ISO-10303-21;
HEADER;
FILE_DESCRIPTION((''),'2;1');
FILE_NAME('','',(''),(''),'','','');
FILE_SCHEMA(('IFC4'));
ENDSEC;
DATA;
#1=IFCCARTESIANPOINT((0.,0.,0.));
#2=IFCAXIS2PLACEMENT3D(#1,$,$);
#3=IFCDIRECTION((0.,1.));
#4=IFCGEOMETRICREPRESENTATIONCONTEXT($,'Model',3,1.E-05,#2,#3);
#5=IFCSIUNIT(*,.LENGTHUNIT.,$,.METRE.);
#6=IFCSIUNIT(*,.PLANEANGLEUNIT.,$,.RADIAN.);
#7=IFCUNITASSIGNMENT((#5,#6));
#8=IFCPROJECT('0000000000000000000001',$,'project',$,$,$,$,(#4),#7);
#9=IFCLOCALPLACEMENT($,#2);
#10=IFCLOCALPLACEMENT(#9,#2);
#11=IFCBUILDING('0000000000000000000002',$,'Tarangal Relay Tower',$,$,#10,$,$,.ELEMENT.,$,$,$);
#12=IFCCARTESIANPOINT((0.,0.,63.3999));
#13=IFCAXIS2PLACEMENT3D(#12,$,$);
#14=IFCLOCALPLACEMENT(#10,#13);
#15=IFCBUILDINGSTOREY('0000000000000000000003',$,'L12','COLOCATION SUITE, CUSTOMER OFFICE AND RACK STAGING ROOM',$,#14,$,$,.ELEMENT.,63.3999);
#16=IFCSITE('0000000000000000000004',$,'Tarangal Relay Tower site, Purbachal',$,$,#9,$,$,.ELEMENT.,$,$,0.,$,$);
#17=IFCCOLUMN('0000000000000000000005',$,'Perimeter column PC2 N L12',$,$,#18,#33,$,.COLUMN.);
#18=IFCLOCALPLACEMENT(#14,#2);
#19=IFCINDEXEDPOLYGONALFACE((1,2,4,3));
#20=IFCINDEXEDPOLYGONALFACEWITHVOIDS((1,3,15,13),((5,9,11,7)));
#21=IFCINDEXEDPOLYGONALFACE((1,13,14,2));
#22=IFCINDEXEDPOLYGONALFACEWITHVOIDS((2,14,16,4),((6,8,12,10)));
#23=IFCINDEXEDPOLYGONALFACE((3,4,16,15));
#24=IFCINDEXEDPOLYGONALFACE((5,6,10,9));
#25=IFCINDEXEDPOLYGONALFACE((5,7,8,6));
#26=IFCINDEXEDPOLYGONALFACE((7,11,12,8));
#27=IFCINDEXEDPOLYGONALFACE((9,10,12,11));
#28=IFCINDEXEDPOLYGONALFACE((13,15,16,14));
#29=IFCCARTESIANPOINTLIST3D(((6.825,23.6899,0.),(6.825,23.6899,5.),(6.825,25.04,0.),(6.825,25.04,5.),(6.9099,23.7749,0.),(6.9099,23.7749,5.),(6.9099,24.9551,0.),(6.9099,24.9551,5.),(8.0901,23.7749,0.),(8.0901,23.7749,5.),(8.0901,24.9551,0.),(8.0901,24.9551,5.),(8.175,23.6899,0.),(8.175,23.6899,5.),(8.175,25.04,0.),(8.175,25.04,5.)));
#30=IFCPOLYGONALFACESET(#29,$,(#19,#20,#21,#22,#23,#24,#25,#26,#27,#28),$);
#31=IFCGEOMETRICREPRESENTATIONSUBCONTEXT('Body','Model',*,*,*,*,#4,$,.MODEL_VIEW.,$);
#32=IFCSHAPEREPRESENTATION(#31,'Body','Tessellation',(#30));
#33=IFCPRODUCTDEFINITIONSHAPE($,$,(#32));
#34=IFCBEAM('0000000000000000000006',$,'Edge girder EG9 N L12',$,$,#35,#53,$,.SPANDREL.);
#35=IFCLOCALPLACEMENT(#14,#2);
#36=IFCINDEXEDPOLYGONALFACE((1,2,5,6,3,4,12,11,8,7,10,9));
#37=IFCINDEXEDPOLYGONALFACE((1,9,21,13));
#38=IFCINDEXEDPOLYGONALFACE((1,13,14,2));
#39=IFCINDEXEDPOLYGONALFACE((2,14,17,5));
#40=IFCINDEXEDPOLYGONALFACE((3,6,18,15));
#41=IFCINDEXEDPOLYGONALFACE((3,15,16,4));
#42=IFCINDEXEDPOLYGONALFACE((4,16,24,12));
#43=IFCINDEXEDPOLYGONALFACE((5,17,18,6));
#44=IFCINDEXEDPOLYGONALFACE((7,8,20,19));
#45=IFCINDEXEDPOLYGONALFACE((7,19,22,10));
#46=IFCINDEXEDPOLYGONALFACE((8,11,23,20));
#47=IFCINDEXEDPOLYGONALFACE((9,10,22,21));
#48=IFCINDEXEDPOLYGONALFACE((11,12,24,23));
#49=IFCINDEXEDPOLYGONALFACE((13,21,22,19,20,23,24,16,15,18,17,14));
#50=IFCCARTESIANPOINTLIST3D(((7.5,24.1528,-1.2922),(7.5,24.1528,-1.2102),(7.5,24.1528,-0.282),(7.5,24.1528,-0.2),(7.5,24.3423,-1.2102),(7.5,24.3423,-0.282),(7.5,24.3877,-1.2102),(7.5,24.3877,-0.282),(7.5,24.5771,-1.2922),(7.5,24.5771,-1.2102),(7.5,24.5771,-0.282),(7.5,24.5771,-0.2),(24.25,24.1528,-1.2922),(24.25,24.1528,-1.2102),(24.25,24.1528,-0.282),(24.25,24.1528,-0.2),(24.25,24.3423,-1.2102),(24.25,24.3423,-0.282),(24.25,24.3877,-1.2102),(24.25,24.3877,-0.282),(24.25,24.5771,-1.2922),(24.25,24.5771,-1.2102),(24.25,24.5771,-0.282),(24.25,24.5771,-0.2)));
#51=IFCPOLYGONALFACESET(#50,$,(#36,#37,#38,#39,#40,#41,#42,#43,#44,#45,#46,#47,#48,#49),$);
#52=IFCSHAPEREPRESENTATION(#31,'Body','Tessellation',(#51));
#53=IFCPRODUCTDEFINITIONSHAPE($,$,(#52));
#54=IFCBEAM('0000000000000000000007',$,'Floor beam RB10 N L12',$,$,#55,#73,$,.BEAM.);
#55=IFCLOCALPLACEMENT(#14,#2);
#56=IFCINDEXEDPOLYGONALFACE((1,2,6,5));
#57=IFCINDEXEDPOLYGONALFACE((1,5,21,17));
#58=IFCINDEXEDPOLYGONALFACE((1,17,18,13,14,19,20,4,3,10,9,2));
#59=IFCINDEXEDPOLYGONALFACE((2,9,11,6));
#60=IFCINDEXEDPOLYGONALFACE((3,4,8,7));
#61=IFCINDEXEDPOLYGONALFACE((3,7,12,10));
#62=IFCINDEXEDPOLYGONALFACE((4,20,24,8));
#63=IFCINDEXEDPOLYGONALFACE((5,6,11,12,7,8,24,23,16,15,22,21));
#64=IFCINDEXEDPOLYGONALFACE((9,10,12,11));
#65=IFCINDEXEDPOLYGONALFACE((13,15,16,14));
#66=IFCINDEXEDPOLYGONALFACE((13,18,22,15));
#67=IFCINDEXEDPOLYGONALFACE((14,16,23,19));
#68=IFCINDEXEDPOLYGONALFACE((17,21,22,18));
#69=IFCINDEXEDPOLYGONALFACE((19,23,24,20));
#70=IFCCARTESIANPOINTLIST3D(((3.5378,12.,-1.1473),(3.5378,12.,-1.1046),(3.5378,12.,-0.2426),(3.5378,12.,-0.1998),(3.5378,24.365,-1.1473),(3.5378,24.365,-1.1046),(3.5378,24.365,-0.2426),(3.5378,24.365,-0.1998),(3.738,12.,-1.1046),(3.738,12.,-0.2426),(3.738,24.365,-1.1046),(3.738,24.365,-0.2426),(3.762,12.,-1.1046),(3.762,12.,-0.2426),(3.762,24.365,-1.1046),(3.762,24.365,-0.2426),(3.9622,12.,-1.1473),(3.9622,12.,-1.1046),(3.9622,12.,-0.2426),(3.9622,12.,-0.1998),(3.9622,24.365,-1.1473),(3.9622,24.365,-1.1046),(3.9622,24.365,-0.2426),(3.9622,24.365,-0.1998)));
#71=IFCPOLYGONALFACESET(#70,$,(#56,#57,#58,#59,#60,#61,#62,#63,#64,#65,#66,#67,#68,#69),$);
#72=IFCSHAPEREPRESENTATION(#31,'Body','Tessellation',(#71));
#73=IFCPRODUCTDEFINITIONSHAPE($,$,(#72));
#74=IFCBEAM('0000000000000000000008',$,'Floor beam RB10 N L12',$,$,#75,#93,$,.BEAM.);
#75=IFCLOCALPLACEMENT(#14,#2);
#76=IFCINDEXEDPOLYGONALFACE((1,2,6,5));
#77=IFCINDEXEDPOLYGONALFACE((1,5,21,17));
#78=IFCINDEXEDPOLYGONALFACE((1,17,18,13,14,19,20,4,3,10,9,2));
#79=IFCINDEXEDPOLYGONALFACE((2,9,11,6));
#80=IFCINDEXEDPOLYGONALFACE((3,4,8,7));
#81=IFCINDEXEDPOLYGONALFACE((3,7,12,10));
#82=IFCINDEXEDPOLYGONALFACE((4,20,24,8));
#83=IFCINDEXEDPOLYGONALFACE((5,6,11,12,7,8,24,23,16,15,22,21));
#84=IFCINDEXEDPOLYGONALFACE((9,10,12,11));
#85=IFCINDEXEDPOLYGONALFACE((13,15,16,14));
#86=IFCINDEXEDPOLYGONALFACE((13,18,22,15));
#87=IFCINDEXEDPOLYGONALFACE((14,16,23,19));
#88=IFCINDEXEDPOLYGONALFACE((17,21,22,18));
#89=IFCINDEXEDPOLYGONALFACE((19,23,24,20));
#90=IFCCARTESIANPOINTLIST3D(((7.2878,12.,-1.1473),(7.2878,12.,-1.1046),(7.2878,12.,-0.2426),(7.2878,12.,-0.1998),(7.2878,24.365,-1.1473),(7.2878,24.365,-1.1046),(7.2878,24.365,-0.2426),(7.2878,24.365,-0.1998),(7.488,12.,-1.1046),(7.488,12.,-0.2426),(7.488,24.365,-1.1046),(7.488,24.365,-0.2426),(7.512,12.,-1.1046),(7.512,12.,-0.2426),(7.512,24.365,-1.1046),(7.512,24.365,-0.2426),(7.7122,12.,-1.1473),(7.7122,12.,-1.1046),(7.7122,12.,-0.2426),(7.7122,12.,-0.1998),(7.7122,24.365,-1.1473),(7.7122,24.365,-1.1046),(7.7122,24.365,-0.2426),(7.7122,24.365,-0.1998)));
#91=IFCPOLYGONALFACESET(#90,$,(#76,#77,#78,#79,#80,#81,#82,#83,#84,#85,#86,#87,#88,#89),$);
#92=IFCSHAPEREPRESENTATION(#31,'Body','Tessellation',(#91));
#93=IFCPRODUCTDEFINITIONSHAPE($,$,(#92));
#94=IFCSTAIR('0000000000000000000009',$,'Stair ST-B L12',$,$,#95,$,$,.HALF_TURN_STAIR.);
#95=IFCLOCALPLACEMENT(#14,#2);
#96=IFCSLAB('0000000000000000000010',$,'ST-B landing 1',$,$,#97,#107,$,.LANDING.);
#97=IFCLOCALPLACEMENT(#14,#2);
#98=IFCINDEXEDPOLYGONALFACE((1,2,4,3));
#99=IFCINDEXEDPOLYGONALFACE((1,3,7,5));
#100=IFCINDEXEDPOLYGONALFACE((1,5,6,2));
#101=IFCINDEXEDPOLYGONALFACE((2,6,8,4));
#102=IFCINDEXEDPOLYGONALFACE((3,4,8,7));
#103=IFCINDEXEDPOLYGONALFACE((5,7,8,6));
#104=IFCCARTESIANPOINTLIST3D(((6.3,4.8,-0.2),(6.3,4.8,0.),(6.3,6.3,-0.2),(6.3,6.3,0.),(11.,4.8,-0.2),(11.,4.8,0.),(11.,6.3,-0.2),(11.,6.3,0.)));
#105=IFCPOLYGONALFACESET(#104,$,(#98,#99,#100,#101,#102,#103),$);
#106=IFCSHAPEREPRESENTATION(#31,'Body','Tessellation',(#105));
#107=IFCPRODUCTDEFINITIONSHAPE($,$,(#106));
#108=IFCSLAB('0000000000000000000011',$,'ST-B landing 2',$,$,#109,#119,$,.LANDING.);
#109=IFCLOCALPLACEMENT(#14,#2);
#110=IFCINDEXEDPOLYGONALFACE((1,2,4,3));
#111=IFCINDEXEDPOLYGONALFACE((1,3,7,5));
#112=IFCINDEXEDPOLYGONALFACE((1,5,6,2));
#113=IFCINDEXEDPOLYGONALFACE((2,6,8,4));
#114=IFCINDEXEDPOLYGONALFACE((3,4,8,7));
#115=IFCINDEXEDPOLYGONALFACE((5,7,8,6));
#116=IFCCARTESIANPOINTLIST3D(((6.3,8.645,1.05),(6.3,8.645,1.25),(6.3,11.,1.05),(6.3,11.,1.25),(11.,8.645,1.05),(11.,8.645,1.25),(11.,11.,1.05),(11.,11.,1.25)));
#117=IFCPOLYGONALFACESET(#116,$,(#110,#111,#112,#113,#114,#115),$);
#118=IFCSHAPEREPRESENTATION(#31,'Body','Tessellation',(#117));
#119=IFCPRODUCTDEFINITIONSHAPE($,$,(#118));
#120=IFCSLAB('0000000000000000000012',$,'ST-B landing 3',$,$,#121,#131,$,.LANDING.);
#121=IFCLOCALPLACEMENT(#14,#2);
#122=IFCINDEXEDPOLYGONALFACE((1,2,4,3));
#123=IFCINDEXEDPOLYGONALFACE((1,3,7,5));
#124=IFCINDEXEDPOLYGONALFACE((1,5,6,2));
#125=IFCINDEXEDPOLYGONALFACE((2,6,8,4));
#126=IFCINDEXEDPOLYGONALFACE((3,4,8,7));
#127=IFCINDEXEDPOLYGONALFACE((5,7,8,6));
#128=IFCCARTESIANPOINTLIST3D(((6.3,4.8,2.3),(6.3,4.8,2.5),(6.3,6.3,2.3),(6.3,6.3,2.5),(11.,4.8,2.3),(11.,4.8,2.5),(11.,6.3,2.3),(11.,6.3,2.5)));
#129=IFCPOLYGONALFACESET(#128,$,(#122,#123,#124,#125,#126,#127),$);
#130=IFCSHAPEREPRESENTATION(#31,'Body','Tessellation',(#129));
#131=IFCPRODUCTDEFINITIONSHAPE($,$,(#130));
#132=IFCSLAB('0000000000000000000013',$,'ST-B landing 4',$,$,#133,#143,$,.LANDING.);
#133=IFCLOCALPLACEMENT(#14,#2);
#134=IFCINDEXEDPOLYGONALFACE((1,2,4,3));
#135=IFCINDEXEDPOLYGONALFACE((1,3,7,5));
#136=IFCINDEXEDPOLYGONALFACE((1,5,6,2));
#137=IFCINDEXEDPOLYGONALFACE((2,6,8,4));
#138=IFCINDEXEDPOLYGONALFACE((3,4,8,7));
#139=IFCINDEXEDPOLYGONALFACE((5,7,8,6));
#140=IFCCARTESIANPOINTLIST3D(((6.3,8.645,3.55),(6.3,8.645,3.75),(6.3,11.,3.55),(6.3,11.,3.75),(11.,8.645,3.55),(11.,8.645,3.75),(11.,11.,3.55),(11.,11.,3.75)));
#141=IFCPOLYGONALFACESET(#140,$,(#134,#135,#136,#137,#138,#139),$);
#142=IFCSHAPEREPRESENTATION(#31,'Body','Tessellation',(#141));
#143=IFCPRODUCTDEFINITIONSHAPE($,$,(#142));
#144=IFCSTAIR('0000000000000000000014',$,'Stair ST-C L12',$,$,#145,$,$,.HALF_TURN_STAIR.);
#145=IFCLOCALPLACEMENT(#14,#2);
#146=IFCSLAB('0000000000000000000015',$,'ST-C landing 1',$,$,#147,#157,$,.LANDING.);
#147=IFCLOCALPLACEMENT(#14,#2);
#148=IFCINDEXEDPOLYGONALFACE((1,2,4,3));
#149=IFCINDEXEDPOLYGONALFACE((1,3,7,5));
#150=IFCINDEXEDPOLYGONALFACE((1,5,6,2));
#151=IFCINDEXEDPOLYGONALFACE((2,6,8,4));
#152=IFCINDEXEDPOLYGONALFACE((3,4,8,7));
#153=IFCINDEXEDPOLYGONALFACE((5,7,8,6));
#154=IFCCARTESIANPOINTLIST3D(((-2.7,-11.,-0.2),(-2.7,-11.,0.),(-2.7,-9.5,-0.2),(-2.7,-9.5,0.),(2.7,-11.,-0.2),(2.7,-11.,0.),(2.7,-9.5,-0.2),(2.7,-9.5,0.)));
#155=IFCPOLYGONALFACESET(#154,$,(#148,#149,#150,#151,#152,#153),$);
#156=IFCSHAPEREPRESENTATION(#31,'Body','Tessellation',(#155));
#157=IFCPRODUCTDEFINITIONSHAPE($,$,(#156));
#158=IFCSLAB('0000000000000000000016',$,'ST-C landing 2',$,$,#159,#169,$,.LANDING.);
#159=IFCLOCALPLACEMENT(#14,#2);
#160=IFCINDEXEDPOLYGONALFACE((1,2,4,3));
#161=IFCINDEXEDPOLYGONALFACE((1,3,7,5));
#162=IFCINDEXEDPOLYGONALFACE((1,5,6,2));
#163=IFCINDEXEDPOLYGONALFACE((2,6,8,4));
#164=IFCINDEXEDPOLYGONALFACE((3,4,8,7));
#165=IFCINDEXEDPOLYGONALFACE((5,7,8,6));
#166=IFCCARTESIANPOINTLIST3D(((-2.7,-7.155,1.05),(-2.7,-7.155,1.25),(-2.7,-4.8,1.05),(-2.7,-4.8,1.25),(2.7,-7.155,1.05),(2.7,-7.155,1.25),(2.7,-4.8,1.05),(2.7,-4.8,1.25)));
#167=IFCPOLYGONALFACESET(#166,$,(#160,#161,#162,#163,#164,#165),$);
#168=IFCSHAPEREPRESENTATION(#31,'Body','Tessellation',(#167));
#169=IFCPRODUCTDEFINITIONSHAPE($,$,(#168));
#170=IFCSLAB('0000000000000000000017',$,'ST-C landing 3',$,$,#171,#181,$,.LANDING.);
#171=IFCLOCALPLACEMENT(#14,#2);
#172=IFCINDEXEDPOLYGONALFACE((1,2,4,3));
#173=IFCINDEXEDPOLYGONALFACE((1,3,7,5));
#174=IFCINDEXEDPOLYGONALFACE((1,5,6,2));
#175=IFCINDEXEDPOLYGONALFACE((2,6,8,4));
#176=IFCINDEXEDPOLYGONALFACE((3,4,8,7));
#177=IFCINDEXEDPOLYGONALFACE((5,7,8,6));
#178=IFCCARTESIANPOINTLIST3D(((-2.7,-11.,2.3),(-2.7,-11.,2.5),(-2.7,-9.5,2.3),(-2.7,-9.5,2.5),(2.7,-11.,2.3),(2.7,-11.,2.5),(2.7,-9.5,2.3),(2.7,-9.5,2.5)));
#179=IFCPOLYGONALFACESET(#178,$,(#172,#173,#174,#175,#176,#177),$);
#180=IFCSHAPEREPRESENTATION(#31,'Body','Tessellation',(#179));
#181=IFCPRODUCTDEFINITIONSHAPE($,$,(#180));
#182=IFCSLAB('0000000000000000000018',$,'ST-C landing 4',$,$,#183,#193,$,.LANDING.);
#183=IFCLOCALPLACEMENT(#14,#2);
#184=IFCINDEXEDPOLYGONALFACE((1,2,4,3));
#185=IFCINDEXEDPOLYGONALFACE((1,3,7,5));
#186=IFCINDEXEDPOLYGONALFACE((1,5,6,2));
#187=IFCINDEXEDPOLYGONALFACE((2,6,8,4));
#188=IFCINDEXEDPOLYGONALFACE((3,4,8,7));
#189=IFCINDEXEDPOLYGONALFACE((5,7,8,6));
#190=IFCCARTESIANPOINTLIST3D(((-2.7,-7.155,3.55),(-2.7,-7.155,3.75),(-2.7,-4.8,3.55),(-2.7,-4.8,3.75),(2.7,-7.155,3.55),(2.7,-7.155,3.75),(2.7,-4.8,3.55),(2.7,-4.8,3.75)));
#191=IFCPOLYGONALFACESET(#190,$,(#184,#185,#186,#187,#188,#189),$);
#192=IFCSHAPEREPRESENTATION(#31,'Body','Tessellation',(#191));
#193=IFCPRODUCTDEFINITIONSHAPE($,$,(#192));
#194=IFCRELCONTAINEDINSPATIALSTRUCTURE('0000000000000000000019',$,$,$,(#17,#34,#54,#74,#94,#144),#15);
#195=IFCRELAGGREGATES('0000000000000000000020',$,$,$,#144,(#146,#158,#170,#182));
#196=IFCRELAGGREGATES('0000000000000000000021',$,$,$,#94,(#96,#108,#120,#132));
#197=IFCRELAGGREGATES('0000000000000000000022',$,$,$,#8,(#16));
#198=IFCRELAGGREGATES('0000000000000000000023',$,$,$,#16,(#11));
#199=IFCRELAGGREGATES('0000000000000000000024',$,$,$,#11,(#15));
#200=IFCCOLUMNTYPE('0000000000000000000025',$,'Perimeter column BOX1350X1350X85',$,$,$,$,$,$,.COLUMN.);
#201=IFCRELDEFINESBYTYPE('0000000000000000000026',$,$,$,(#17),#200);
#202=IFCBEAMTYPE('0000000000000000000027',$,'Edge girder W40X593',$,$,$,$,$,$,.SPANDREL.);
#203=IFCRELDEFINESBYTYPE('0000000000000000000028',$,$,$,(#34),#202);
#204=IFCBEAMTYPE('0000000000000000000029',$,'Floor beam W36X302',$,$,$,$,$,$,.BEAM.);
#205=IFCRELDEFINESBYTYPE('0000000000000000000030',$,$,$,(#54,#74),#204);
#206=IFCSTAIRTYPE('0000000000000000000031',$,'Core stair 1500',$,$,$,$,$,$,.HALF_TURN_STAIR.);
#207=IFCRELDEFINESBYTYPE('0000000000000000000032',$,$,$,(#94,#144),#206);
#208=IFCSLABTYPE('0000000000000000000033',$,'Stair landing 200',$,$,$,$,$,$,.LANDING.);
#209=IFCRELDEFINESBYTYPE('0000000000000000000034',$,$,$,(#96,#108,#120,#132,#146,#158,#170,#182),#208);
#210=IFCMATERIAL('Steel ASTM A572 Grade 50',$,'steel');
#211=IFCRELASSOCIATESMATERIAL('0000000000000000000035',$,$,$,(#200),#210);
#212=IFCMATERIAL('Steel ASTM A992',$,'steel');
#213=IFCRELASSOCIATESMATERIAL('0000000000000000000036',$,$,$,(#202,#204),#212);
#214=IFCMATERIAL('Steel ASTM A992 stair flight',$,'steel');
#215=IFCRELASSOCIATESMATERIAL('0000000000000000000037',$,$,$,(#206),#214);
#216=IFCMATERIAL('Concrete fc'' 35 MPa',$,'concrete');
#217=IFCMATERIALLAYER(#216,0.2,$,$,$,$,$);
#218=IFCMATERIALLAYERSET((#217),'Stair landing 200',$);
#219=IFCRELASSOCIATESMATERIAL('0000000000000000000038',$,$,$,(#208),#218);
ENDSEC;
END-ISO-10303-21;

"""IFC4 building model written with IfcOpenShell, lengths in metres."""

from ifc_helpers import new_model, si_unit, direction, frame, origin, origin_2d, place, context, subcontext, project, spatial, polyline, hollow_rectangle, i_section, outline, extrude, material, layer, layer_set, material_profile, profile_set, type_object, element, aggregate, save


model = new_model("IFC4")

# Units and contexts
model_context = context("Model", 3, precision=1e-05, world=origin(), true_north=direction((0.0, 1.0)))
body_context = subcontext(model_context, "Body", "Model", "MODEL_VIEW")
ifc_project = project(units=[si_unit("LENGTHUNIT", "METRE"), si_unit("PLANEANGLEUNIT", "RADIAN")], contexts=[model_context])

# Site, building, storey
site_placement = place(None, origin())
site = spatial("IfcSite", under=ifc_project, at=site_placement, Name="Tarangal Relay Tower site, Purbachal", CompositionType="ELEMENT", RefElevation=0.0)
building_placement = place(site_placement, origin())
building = spatial("IfcBuilding", under=site, at=building_placement, Name="Tarangal Relay Tower", CompositionType="ELEMENT")
storey_placement = place(building_placement, frame((0.0, 0.0, 63.3999)))
storey = spatial("IfcBuildingStorey", under=building, at=storey_placement, Name="L12", Description="COLOCATION SUITE, CUSTOMER OFFICE AND RACK STAGING ROOM", CompositionType="ELEMENT", Elevation=63.3999)

# Column
ifc_material_1 = material(Name="Steel ASTM A572 Grade 50", Category="steel")
ifc_material_profile_1 = material_profile(ifc_material_1, hollow_rectangle(XDim=1.3501, YDim=1.3501, WallThickness=0.085, at=origin_2d()), Name="BOX1350X1350X85")
ifc_profile_set_1 = profile_set([ifc_material_profile_1], Name="Steel ASTM A572 Grade 50")
column_type = type_object("IfcColumnType", Name="Perimeter column BOX1350X1350X85", PredefinedType="COLUMN", material=ifc_profile_set_1)
column_placement = place(storey_placement, frame((7.5, 24.365, 0.0), z_axis=(0.0, 0.0, 1.0), x_axis=(1.0, 0.0, 0.0)))
element("IfcColumn", 1, at=column_placement, inside=storey, type_object=column_type, Name="Perimeter column PC2 N L12", PredefinedType="COLUMN", context=body_context, shape_type="SweptSolid", body=[
    extrude(hollow_rectangle(XDim=1.3501, YDim=1.3501, WallThickness=0.085, at=origin_2d()), origin(), (0.0, 0.0, 1.0), 5.0),
])

# Beams
ifc_material_2 = material(Name="Steel ASTM A992", Category="steel")
ifc_material_profile_2 = material_profile(ifc_material_2, i_section(OverallWidth=0.4243, OverallDepth=1.0923, WebThickness=0.0454, FlangeThickness=0.082, at=origin_2d()), Name="W40X593")
ifc_profile_set_2 = profile_set([ifc_material_profile_2], Name="Steel ASTM A992")
beam_type_1 = type_object("IfcBeamType", Name="Edge girder W40X593", PredefinedType="SPANDREL", material=ifc_profile_set_2)
beam_placement = place(storey_placement, frame((7.5, 24.365, -0.7461), z_axis=(1.0, 0.0, 0.0), x_axis=(0.0, 1.0, 0.0)))
element("IfcBeam", 2, at=beam_placement, inside=storey, type_object=beam_type_1, Name="Edge girder EG9 N L12", PredefinedType="SPANDREL", context=body_context, shape_type="SweptSolid", body=[
    extrude(i_section(OverallWidth=0.4243, OverallDepth=1.0923, WebThickness=0.0454, FlangeThickness=0.082, at=origin_2d()), origin(), (0.0, 0.0, 1.0), 16.75),
])
ifc_material_profile_3 = material_profile(ifc_material_2, i_section(OverallWidth=0.4243, OverallDepth=0.9475, WebThickness=0.0239, FlangeThickness=0.0427, at=origin_2d()), Name="W36X302")
ifc_profile_set_3 = profile_set([ifc_material_profile_3], Name="Steel ASTM A992")
beam_type_2 = type_object("IfcBeamType", Name="Floor beam W36X302", PredefinedType="BEAM", material=ifc_profile_set_3)
for number, where, z_axis, x_axis, name in (
    (3, (3.75, 12.0, -0.6736), (0.0, 1.0, 0.0), (-1.0, 0.0, 0.0), "Floor beam RB10 N L12"),
    (4, (7.5, 12.0, -0.6736), (0.0, 1.0, 0.0), (-1.0, 0.0, 0.0), "Floor beam RB10 N L12"),
):
    element("IfcBeam", number, at=place(storey_placement, frame(where, z_axis=z_axis, x_axis=x_axis)), inside=storey, type_object=beam_type_2, Name=name, PredefinedType="BEAM", context=body_context, shape_type="SweptSolid", body=[
        extrude(i_section(OverallWidth=0.4243, OverallDepth=0.9475, WebThickness=0.0239, FlangeThickness=0.0427, at=origin_2d()), origin(), (0.0, 0.0, 1.0), 12.365),
    ])

# Stairs, slabs
ifc_material_3 = material(Name="Steel ASTM A992 stair flight", Category="steel")
stair_type = type_object("IfcStairType", Name="Core stair 1500", PredefinedType="HALF_TURN_STAIR", material=ifc_material_3)
stair_1_placement = place(storey_placement, origin())
stair_1 = element("IfcStair", 5, at=stair_1_placement, inside=storey, type_object=stair_type, Name="Stair ST-B L12", PredefinedType="HALF_TURN_STAIR")
ifc_material_4 = material(Name="Concrete fc' 35 MPa", Category="concrete")
ifc_layer_1 = layer(ifc_material_4, 0.2)
ifc_layer_set_1 = layer_set([ifc_layer_1], Name="Stair landing 200")
slab_type = type_object("IfcSlabType", Name="Stair landing 200", PredefinedType="LANDING", material=ifc_layer_set_1)
slab_1_placement = place(storey_placement, frame((0.0, 0.0, -0.2)))
slab_1 = element("IfcSlab", 6, at=slab_1_placement, type_object=slab_type, Name="ST-B landing 1", PredefinedType="LANDING", context=body_context, shape_type="SweptSolid", body=[
    extrude(outline(polyline([(6.3, 4.8), (11.0, 4.8), (11.0, 6.3), (6.3, 6.3), (6.3, 4.8)])), origin(), (0.0, 0.0, 1.0), 0.2),
])
slab_2_placement = place(storey_placement, frame((0.0, 0.0, 1.05)))
slab_2 = element("IfcSlab", 7, at=slab_2_placement, type_object=slab_type, Name="ST-B landing 2", PredefinedType="LANDING", context=body_context, shape_type="SweptSolid", body=[
    extrude(outline(polyline([(6.3, 8.645), (11.0, 8.645), (11.0, 11.0), (6.3, 11.0), (6.3, 8.645)])), origin(), (0.0, 0.0, 1.0), 0.2),
])
slab_3_placement = place(storey_placement, frame((0.0, 0.0, 2.3)))
slab_3 = element("IfcSlab", 8, at=slab_3_placement, type_object=slab_type, Name="ST-B landing 3", PredefinedType="LANDING", context=body_context, shape_type="SweptSolid", body=[
    extrude(outline(polyline([(6.3, 4.8), (11.0, 4.8), (11.0, 6.3), (6.3, 6.3), (6.3, 4.8)])), origin(), (0.0, 0.0, 1.0), 0.2),
])
slab_4_placement = place(storey_placement, frame((0.0, 0.0, 3.55)))
slab_4 = element("IfcSlab", 9, at=slab_4_placement, type_object=slab_type, Name="ST-B landing 4", PredefinedType="LANDING", context=body_context, shape_type="SweptSolid", body=[
    extrude(outline(polyline([(6.3, 8.645), (11.0, 8.645), (11.0, 11.0), (6.3, 11.0), (6.3, 8.645)])), origin(), (0.0, 0.0, 1.0), 0.2),
])
stair_2_placement = place(storey_placement, origin())
stair_2 = element("IfcStair", 10, at=stair_2_placement, inside=storey, type_object=stair_type, Name="Stair ST-C L12", PredefinedType="HALF_TURN_STAIR")
slab_5_placement = place(storey_placement, frame((0.0, 0.0, -0.2)))
slab_5 = element("IfcSlab", 11, at=slab_5_placement, type_object=slab_type, Name="ST-C landing 1", PredefinedType="LANDING", context=body_context, shape_type="SweptSolid", body=[
    extrude(outline(polyline([(-2.7, -11.0), (2.7, -11.0), (2.7, -9.5), (-2.7, -9.5), (-2.7, -11.0)])), origin(), (0.0, 0.0, 1.0), 0.2),
])
slab_6_placement = place(storey_placement, frame((0.0, 0.0, 1.05)))
slab_6 = element("IfcSlab", 12, at=slab_6_placement, type_object=slab_type, Name="ST-C landing 2", PredefinedType="LANDING", context=body_context, shape_type="SweptSolid", body=[
    extrude(outline(polyline([(-2.7, -7.155), (2.7, -7.155), (2.7, -4.8), (-2.7, -4.8), (-2.7, -7.155)])), origin(), (0.0, 0.0, 1.0), 0.2),
])
slab_7_placement = place(storey_placement, frame((0.0, 0.0, 2.3)))
slab_7 = element("IfcSlab", 13, at=slab_7_placement, type_object=slab_type, Name="ST-C landing 3", PredefinedType="LANDING", context=body_context, shape_type="SweptSolid", body=[
    extrude(outline(polyline([(-2.7, -11.0), (2.7, -11.0), (2.7, -9.5), (-2.7, -9.5), (-2.7, -11.0)])), origin(), (0.0, 0.0, 1.0), 0.2),
])
slab_8_placement = place(storey_placement, frame((0.0, 0.0, 3.55)))
slab_8 = element("IfcSlab", 14, at=slab_8_placement, type_object=slab_type, Name="ST-C landing 4", PredefinedType="LANDING", context=body_context, shape_type="SweptSolid", body=[
    extrude(outline(polyline([(-2.7, -7.155), (2.7, -7.155), (2.7, -4.8), (-2.7, -4.8), (-2.7, -7.155)])), origin(), (0.0, 0.0, 1.0), 0.2),
])
aggregate(stair_2, [slab_5, slab_6, slab_7, slab_8])

aggregate(stair_1, [slab_1, slab_2, slab_3, slab_4])

save(model, "model.ifc")
